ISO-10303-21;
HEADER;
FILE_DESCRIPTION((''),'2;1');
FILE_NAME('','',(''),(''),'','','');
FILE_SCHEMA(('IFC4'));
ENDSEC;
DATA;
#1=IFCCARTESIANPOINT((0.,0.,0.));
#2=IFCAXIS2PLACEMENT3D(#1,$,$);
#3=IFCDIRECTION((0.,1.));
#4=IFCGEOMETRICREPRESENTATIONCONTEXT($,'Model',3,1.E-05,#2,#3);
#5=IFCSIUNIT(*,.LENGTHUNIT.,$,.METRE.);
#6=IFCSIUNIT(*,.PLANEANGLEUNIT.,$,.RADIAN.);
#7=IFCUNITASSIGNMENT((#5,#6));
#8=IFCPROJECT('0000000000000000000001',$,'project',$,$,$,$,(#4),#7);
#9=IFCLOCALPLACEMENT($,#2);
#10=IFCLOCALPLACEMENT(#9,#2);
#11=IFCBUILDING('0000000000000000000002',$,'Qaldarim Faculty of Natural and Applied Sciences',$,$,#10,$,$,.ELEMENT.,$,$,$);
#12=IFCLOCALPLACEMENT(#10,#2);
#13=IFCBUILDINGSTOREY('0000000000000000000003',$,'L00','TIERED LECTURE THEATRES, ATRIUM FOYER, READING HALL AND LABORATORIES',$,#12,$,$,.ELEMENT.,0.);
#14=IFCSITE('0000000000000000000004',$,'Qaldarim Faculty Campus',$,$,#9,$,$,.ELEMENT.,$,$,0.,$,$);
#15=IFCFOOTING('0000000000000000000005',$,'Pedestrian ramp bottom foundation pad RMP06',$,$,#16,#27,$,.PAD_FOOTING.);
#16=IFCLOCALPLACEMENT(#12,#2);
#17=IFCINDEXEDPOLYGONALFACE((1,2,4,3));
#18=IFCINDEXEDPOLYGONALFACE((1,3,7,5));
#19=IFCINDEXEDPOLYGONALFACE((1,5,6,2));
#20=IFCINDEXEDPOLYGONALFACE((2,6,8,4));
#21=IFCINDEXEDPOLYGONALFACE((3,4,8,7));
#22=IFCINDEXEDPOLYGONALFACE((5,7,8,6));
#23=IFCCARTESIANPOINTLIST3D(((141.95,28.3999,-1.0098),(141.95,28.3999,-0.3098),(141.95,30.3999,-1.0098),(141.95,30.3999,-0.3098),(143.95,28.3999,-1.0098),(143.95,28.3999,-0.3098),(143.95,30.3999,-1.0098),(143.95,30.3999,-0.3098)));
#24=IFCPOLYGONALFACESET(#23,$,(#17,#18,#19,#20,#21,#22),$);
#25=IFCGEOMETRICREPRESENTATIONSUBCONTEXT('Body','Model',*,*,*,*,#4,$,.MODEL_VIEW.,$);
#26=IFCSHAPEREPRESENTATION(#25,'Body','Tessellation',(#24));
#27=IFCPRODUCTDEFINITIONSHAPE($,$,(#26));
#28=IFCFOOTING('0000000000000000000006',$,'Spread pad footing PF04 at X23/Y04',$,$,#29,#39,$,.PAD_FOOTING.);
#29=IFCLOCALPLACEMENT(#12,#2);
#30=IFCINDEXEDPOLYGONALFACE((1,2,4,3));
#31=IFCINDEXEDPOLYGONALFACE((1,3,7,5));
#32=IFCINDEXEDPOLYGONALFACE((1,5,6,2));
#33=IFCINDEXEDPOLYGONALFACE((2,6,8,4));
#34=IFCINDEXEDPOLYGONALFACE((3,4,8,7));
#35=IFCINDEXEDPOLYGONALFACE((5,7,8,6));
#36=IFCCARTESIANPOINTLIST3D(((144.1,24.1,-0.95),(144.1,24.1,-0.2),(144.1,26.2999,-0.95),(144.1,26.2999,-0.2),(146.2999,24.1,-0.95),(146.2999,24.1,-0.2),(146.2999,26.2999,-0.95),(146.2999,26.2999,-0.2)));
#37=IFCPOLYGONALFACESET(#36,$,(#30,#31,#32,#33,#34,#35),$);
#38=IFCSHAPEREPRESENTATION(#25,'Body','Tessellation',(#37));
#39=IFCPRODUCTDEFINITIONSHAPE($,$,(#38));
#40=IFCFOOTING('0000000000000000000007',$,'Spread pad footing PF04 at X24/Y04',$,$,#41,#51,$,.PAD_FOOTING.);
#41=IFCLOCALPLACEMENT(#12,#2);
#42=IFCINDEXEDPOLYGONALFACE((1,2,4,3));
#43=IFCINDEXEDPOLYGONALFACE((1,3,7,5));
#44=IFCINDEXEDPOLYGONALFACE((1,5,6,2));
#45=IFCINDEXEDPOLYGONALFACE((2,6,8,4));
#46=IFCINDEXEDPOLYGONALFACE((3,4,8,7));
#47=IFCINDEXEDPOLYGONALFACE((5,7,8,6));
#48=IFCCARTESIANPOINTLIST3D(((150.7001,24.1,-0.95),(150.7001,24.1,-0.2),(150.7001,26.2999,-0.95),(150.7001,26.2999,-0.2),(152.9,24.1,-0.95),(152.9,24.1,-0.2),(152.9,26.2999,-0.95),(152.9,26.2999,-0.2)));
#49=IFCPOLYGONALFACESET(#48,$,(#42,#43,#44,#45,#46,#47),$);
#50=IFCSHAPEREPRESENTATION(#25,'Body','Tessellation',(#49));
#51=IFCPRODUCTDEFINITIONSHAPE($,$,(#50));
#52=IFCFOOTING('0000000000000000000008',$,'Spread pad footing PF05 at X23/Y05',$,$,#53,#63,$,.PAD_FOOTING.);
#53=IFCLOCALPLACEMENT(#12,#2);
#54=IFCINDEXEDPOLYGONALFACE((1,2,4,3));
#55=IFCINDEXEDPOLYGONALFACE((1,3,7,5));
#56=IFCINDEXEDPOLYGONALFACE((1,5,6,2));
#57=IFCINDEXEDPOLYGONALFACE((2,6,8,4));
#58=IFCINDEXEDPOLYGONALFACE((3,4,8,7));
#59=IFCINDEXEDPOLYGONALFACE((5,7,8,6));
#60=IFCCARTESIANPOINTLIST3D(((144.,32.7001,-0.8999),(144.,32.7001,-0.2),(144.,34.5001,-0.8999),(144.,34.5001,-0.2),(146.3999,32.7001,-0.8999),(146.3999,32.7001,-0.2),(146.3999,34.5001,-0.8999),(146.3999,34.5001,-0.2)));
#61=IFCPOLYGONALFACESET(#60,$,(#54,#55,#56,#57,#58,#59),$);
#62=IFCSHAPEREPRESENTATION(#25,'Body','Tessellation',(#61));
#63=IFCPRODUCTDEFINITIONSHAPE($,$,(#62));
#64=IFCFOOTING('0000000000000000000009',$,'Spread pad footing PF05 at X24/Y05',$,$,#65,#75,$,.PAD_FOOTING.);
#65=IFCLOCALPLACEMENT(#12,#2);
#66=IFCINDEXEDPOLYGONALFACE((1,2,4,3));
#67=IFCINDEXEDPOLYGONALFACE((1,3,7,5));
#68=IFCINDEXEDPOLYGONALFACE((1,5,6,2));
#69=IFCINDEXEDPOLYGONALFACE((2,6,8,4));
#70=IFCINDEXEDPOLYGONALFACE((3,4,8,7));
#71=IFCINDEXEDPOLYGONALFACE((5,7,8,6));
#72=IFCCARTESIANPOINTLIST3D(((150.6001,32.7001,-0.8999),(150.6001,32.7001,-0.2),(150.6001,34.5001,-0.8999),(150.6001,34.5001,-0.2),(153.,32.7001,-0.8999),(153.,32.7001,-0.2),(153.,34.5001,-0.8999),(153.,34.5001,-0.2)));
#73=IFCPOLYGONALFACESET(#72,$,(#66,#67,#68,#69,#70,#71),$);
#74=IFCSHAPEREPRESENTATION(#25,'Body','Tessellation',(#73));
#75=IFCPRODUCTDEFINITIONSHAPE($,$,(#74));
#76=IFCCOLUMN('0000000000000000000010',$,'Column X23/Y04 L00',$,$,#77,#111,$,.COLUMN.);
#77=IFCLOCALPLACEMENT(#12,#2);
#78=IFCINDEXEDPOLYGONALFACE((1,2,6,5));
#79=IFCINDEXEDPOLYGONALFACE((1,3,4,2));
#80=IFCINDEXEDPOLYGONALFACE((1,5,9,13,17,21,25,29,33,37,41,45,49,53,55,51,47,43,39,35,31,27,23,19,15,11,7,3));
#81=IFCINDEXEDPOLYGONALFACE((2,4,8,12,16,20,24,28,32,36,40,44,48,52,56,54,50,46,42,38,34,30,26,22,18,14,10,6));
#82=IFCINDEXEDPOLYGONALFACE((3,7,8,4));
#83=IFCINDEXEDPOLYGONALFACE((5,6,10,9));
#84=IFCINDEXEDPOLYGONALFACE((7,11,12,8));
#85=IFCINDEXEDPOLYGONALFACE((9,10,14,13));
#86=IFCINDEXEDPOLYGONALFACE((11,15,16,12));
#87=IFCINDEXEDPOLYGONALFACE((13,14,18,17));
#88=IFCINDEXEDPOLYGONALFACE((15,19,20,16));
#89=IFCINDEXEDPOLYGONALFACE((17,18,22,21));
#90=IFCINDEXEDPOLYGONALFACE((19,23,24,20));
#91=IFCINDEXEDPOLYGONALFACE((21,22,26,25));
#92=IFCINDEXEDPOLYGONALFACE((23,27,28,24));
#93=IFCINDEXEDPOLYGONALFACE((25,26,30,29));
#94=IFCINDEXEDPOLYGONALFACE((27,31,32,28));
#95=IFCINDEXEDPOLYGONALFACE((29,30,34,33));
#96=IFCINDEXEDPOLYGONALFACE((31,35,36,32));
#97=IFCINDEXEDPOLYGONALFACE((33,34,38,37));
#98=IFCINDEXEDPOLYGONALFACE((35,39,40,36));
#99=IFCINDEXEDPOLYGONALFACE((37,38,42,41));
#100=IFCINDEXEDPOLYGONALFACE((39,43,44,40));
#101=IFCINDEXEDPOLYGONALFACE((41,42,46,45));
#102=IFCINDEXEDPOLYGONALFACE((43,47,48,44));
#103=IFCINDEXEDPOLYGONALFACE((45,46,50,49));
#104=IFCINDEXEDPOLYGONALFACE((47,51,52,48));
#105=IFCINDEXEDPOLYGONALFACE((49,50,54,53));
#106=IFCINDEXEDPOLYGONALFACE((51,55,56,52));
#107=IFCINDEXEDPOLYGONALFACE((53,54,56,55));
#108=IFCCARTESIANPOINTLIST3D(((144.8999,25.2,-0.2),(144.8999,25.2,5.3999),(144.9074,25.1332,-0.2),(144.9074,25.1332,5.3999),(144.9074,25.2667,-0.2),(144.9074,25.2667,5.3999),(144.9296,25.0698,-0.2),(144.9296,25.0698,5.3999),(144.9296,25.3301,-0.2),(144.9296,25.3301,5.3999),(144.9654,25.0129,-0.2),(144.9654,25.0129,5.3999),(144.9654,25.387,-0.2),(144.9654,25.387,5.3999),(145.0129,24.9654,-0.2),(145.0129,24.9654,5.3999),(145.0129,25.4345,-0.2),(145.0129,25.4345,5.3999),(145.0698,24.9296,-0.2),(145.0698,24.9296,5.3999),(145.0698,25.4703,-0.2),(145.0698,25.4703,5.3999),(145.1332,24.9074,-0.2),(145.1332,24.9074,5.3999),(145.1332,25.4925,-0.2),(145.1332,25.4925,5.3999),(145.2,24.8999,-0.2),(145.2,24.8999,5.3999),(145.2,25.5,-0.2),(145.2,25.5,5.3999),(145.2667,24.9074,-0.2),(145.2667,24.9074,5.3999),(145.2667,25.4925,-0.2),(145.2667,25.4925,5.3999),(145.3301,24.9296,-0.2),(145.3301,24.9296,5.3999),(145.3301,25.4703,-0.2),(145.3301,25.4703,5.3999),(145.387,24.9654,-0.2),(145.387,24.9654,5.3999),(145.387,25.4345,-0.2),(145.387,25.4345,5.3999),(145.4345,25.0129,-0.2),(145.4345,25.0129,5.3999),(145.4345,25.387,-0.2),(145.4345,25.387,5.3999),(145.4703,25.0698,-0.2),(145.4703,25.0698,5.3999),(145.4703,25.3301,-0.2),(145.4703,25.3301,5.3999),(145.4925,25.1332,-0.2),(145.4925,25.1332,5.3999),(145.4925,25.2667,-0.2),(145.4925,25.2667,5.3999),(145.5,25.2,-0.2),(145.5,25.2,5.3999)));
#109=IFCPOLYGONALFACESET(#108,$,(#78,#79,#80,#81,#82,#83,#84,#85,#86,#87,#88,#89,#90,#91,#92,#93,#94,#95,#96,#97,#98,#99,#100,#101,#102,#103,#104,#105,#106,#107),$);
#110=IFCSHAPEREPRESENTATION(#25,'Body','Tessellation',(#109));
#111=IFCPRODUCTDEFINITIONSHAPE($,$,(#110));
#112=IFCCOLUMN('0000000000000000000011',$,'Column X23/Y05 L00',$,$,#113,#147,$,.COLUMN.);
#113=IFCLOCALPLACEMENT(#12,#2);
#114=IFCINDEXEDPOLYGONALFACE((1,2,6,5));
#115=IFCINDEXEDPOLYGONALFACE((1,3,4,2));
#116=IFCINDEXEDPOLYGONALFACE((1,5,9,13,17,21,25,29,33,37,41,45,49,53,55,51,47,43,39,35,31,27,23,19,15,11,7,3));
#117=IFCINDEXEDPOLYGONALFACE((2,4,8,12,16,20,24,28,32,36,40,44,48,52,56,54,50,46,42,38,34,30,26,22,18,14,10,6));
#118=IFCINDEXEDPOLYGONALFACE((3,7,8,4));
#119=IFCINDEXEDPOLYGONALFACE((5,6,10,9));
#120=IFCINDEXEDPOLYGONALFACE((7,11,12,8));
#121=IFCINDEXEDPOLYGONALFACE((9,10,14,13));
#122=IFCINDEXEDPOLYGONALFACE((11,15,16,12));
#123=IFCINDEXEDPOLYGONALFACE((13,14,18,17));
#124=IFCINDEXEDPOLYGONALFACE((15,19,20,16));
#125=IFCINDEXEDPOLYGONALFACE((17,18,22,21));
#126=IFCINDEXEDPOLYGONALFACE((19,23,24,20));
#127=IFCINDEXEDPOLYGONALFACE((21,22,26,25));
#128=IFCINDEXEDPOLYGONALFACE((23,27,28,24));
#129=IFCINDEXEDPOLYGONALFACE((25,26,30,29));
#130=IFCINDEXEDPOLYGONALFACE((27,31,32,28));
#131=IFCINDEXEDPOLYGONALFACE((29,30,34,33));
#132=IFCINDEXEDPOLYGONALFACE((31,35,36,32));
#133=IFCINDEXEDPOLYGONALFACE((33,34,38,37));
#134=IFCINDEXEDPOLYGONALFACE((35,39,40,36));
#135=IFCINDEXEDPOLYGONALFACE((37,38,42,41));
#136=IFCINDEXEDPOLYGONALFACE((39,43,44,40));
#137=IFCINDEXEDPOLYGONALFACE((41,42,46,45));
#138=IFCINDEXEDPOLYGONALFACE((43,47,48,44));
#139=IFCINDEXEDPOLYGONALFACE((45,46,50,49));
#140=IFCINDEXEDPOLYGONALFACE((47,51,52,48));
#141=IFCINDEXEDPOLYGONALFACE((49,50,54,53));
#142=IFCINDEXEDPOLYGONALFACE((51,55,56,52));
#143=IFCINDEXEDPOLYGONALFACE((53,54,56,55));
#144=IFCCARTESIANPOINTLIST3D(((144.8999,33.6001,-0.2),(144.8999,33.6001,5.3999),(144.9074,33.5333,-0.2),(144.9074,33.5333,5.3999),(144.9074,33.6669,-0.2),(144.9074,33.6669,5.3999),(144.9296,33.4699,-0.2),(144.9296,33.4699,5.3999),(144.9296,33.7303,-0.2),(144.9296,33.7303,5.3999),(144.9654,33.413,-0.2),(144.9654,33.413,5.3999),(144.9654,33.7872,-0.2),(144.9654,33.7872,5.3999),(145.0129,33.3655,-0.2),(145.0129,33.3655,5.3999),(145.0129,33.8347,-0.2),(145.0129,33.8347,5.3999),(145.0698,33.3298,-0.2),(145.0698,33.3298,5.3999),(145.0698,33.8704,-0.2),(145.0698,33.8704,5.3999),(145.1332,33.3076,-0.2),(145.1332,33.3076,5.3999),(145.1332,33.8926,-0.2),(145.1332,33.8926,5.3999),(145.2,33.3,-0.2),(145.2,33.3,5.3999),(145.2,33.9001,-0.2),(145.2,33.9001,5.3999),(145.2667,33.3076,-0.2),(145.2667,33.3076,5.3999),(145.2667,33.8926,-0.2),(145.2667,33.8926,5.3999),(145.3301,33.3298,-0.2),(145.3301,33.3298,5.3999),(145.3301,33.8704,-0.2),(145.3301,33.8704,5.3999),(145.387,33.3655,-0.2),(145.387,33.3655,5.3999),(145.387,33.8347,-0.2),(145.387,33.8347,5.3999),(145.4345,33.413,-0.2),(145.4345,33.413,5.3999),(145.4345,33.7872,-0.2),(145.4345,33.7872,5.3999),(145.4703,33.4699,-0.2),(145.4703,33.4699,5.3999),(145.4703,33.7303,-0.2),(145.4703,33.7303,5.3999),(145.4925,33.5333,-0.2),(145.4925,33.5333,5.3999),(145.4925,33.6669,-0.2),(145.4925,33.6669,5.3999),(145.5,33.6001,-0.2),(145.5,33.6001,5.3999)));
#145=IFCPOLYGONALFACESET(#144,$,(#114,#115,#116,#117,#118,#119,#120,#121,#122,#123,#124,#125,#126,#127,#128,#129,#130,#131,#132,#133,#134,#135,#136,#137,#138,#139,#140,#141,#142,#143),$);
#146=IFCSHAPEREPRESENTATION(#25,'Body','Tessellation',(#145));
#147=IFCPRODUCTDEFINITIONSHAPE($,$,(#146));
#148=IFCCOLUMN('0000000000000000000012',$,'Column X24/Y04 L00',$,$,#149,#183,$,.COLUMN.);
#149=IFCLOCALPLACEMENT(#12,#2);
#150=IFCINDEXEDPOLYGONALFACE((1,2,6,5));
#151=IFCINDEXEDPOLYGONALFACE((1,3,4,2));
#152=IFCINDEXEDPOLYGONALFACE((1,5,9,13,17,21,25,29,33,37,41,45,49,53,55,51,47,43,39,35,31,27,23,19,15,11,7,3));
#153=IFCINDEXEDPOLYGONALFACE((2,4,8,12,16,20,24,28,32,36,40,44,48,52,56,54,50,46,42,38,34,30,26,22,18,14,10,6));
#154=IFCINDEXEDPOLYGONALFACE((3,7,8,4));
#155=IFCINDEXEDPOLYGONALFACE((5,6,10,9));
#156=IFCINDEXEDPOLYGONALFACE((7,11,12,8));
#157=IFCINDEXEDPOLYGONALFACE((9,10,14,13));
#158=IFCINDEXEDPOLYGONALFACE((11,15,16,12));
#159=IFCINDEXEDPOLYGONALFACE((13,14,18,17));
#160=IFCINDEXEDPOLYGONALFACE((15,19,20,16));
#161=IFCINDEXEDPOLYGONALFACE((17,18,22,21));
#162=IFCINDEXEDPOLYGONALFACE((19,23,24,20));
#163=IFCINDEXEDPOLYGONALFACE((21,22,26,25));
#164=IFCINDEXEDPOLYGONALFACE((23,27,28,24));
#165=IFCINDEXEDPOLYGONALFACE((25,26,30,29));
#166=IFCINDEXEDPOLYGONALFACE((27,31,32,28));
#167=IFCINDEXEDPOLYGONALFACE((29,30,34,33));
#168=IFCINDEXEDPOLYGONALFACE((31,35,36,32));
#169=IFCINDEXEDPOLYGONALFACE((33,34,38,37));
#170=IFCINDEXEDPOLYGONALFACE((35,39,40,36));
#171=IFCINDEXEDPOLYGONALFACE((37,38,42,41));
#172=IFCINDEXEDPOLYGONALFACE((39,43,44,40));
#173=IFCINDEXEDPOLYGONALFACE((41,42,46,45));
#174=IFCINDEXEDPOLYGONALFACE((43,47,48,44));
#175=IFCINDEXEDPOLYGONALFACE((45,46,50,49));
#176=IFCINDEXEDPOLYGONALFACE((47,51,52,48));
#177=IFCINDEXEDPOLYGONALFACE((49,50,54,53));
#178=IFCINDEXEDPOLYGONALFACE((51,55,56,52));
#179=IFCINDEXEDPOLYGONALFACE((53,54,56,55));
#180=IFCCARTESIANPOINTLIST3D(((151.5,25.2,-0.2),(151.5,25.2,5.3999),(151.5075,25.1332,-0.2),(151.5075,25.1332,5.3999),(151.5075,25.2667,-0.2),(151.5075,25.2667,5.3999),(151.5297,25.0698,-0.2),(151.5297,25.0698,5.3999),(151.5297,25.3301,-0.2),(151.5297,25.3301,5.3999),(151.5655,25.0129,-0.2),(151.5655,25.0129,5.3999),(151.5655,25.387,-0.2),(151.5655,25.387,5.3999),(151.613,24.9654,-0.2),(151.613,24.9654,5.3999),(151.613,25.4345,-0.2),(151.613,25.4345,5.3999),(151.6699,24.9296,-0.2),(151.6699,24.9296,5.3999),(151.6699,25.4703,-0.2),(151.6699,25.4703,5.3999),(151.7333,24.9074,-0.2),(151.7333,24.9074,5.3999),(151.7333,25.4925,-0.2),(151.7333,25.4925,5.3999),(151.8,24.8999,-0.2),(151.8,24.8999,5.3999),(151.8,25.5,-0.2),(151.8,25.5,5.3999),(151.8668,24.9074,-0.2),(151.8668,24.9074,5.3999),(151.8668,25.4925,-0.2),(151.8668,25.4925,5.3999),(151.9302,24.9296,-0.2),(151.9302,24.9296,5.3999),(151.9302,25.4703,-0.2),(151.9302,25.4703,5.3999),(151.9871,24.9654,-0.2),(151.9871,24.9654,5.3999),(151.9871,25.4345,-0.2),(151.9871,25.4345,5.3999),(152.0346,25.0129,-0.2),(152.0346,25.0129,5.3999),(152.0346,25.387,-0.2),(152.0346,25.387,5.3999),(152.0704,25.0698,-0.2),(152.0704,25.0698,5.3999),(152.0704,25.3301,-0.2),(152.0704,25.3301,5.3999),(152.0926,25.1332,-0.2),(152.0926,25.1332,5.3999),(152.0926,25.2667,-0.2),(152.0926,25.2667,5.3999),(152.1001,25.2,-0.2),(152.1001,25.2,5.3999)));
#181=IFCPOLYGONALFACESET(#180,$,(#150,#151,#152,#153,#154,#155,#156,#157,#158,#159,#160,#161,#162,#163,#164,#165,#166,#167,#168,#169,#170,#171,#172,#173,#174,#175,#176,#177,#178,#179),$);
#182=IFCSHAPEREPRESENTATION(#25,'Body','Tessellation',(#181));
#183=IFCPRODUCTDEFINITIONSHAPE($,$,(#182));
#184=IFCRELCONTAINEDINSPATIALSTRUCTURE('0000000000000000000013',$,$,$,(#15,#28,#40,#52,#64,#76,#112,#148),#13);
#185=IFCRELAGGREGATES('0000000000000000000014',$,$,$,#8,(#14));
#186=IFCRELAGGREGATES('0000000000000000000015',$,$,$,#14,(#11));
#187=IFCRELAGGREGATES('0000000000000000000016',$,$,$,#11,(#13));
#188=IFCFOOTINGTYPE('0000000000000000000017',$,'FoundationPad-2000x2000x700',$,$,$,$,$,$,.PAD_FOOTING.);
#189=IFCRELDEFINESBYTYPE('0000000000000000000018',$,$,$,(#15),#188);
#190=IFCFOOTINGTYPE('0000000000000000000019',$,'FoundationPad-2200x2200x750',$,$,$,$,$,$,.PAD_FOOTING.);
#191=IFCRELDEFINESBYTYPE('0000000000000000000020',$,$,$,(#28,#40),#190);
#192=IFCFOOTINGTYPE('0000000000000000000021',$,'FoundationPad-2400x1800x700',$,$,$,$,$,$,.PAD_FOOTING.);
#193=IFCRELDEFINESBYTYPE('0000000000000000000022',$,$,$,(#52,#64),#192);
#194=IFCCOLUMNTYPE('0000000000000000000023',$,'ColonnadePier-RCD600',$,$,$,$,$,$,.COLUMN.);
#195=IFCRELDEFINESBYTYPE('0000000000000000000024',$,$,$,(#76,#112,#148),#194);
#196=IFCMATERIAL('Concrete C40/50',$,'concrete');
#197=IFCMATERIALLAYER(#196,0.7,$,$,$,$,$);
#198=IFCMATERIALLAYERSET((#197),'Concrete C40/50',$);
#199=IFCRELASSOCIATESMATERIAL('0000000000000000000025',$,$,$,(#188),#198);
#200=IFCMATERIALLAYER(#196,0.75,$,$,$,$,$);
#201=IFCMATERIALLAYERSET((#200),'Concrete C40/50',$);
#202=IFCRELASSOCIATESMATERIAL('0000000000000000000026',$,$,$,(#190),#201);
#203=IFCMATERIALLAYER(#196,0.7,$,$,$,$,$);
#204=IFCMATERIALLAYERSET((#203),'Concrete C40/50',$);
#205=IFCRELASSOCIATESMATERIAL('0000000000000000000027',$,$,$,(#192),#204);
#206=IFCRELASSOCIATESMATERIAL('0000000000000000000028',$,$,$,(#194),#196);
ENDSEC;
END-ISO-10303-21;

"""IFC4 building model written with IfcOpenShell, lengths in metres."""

from ifc_helpers import new_model, si_unit, direction, frame, origin, origin_2d, place, context, subcontext, project, spatial, rectangle, circle, extrude, material, layer, layer_set, material_profile, profile_set, type_object, element, save


model = new_model("IFC4")

# Units and contexts
model_context = context("Model", 3, precision=1e-05, world=origin(), true_north=direction((0.0, 1.0)))
body_context = subcontext(model_context, "Body", "Model", "MODEL_VIEW")
ifc_project = project(units=[si_unit("LENGTHUNIT", "METRE"), si_unit("PLANEANGLEUNIT", "RADIAN")], contexts=[model_context])

# Site, building, storey
site_placement = place(None, origin())
site = spatial("IfcSite", under=ifc_project, at=site_placement, Name="Qaldarim Faculty Campus", CompositionType="ELEMENT", RefElevation=0.0)
building_placement = place(site_placement, origin())
building = spatial("IfcBuilding", under=site, at=building_placement, Name="Qaldarim Faculty of Natural and Applied Sciences", CompositionType="ELEMENT")
storey_placement = place(building_placement, origin())
storey = spatial("IfcBuildingStorey", under=building, at=storey_placement, Name="L00", Description="TIERED LECTURE THEATRES, ATRIUM FOYER, READING HALL AND LABORATORIES", CompositionType="ELEMENT", Elevation=0.0)

# Footings
ifc_material_1 = material(Name="Concrete C40/50", Category="concrete")
ifc_layer_1 = layer(ifc_material_1, 0.7)
ifc_layer_set_1 = layer_set([ifc_layer_1], Name="Concrete C40/50")
footing_type_1 = type_object("IfcFootingType", Name="FoundationPad-2000x2000x700", PredefinedType="PAD_FOOTING", material=ifc_layer_set_1)
footing_placement = place(storey_placement, frame((142.95, 29.3999, -1.0098), z_axis=(0.0, 0.0, 1.0), x_axis=(1.0, 0.0, 0.0)))
element("IfcFooting", 1, at=footing_placement, inside=storey, type_object=footing_type_1, Name="Pedestrian ramp bottom foundation pad RMP06", PredefinedType="PAD_FOOTING", context=body_context, shape_type="SweptSolid", body=[
    extrude(rectangle(XDim=2.0, YDim=2.0, at=origin_2d()), origin(), (0.0, 0.0, 1.0), 0.7),
])
ifc_layer_2 = layer(ifc_material_1, 0.75)
ifc_layer_set_2 = layer_set([ifc_layer_2], Name="Concrete C40/50")
footing_type_2 = type_object("IfcFootingType", Name="FoundationPad-2200x2200x750", PredefinedType="PAD_FOOTING", material=ifc_layer_set_2)
for number, where, z_axis, x_axis, name in (
    (2, (145.2, 25.2, -0.95), (0.0, 0.0, 1.0), (1.0, 0.0, 0.0), "Spread pad footing PF04 at X23/Y04"),
    (3, (151.8, 25.2, -0.95), (0.0, 0.0, 1.0), (1.0, 0.0, 0.0), "Spread pad footing PF04 at X24/Y04"),
):
    element("IfcFooting", number, at=place(storey_placement, frame(where, z_axis=z_axis, x_axis=x_axis)), inside=storey, type_object=footing_type_2, Name=name, PredefinedType="PAD_FOOTING", context=body_context, shape_type="SweptSolid", body=[
        extrude(rectangle(XDim=2.2, YDim=2.2, at=origin_2d()), origin(), (0.0, 0.0, 1.0), 0.75),
    ])
ifc_layer_3 = layer(ifc_material_1, 0.7)
ifc_layer_set_3 = layer_set([ifc_layer_3], Name="Concrete C40/50")
footing_type_3 = type_object("IfcFootingType", Name="FoundationPad-2400x1800x700", PredefinedType="PAD_FOOTING", material=ifc_layer_set_3)
for number, where, z_axis, x_axis, name in (
    (4, (145.2, 33.6001, -0.8999), (0.0, 0.0, 1.0), (1.0, 0.0, 0.0), "Spread pad footing PF05 at X23/Y05"),
    (5, (151.8, 33.6001, -0.8999), (0.0, 0.0, 1.0), (1.0, 0.0, 0.0), "Spread pad footing PF05 at X24/Y05"),
):
    element("IfcFooting", number, at=place(storey_placement, frame(where, z_axis=z_axis, x_axis=x_axis)), inside=storey, type_object=footing_type_3, Name=name, PredefinedType="PAD_FOOTING", context=body_context, shape_type="SweptSolid", body=[
        extrude(rectangle(XDim=2.3999, YDim=1.8, at=origin_2d()), origin(), (0.0, 0.0, 1.0), 0.7),
    ])

# Columns
ifc_material_profile_1 = material_profile(ifc_material_1, circle(Radius=0.3, at=origin_2d()), Name="RC-D600")
ifc_profile_set_1 = profile_set([ifc_material_profile_1], Name="Concrete C40/50")
column_type_1 = type_object("IfcColumnType", Name="ColonnadePier-RCD600", PredefinedType="COLUMN", material=ifc_profile_set_1)
for number, where, z_axis, x_axis, name in (
    (6, (145.2, 25.2, -0.2), (0.0, 0.0, 1.0), (1.0, 0.0, 0.0), "Column X23/Y04 L00"),
    (7, (145.2, 33.6001, -0.2), (0.0, 0.0, 1.0), (1.0, 0.0, 0.0), "Column X23/Y05 L00"),
    (8, (151.8, 25.2, -0.2), (0.0, 0.0, 1.0), (1.0, 0.0, 0.0), "Column X24/Y04 L00"),
):
    element("IfcColumn", number, at=place(storey_placement, frame(where, z_axis=z_axis, x_axis=x_axis)), inside=storey, type_object=column_type_1, Name=name, PredefinedType="COLUMN", context=body_context, shape_type="SweptSolid", body=[
        extrude(circle(Radius=0.3, at=origin_2d()), origin(), (0.0, 0.0, 1.0), 5.5999),
    ])

save(model, "model.ifc")
